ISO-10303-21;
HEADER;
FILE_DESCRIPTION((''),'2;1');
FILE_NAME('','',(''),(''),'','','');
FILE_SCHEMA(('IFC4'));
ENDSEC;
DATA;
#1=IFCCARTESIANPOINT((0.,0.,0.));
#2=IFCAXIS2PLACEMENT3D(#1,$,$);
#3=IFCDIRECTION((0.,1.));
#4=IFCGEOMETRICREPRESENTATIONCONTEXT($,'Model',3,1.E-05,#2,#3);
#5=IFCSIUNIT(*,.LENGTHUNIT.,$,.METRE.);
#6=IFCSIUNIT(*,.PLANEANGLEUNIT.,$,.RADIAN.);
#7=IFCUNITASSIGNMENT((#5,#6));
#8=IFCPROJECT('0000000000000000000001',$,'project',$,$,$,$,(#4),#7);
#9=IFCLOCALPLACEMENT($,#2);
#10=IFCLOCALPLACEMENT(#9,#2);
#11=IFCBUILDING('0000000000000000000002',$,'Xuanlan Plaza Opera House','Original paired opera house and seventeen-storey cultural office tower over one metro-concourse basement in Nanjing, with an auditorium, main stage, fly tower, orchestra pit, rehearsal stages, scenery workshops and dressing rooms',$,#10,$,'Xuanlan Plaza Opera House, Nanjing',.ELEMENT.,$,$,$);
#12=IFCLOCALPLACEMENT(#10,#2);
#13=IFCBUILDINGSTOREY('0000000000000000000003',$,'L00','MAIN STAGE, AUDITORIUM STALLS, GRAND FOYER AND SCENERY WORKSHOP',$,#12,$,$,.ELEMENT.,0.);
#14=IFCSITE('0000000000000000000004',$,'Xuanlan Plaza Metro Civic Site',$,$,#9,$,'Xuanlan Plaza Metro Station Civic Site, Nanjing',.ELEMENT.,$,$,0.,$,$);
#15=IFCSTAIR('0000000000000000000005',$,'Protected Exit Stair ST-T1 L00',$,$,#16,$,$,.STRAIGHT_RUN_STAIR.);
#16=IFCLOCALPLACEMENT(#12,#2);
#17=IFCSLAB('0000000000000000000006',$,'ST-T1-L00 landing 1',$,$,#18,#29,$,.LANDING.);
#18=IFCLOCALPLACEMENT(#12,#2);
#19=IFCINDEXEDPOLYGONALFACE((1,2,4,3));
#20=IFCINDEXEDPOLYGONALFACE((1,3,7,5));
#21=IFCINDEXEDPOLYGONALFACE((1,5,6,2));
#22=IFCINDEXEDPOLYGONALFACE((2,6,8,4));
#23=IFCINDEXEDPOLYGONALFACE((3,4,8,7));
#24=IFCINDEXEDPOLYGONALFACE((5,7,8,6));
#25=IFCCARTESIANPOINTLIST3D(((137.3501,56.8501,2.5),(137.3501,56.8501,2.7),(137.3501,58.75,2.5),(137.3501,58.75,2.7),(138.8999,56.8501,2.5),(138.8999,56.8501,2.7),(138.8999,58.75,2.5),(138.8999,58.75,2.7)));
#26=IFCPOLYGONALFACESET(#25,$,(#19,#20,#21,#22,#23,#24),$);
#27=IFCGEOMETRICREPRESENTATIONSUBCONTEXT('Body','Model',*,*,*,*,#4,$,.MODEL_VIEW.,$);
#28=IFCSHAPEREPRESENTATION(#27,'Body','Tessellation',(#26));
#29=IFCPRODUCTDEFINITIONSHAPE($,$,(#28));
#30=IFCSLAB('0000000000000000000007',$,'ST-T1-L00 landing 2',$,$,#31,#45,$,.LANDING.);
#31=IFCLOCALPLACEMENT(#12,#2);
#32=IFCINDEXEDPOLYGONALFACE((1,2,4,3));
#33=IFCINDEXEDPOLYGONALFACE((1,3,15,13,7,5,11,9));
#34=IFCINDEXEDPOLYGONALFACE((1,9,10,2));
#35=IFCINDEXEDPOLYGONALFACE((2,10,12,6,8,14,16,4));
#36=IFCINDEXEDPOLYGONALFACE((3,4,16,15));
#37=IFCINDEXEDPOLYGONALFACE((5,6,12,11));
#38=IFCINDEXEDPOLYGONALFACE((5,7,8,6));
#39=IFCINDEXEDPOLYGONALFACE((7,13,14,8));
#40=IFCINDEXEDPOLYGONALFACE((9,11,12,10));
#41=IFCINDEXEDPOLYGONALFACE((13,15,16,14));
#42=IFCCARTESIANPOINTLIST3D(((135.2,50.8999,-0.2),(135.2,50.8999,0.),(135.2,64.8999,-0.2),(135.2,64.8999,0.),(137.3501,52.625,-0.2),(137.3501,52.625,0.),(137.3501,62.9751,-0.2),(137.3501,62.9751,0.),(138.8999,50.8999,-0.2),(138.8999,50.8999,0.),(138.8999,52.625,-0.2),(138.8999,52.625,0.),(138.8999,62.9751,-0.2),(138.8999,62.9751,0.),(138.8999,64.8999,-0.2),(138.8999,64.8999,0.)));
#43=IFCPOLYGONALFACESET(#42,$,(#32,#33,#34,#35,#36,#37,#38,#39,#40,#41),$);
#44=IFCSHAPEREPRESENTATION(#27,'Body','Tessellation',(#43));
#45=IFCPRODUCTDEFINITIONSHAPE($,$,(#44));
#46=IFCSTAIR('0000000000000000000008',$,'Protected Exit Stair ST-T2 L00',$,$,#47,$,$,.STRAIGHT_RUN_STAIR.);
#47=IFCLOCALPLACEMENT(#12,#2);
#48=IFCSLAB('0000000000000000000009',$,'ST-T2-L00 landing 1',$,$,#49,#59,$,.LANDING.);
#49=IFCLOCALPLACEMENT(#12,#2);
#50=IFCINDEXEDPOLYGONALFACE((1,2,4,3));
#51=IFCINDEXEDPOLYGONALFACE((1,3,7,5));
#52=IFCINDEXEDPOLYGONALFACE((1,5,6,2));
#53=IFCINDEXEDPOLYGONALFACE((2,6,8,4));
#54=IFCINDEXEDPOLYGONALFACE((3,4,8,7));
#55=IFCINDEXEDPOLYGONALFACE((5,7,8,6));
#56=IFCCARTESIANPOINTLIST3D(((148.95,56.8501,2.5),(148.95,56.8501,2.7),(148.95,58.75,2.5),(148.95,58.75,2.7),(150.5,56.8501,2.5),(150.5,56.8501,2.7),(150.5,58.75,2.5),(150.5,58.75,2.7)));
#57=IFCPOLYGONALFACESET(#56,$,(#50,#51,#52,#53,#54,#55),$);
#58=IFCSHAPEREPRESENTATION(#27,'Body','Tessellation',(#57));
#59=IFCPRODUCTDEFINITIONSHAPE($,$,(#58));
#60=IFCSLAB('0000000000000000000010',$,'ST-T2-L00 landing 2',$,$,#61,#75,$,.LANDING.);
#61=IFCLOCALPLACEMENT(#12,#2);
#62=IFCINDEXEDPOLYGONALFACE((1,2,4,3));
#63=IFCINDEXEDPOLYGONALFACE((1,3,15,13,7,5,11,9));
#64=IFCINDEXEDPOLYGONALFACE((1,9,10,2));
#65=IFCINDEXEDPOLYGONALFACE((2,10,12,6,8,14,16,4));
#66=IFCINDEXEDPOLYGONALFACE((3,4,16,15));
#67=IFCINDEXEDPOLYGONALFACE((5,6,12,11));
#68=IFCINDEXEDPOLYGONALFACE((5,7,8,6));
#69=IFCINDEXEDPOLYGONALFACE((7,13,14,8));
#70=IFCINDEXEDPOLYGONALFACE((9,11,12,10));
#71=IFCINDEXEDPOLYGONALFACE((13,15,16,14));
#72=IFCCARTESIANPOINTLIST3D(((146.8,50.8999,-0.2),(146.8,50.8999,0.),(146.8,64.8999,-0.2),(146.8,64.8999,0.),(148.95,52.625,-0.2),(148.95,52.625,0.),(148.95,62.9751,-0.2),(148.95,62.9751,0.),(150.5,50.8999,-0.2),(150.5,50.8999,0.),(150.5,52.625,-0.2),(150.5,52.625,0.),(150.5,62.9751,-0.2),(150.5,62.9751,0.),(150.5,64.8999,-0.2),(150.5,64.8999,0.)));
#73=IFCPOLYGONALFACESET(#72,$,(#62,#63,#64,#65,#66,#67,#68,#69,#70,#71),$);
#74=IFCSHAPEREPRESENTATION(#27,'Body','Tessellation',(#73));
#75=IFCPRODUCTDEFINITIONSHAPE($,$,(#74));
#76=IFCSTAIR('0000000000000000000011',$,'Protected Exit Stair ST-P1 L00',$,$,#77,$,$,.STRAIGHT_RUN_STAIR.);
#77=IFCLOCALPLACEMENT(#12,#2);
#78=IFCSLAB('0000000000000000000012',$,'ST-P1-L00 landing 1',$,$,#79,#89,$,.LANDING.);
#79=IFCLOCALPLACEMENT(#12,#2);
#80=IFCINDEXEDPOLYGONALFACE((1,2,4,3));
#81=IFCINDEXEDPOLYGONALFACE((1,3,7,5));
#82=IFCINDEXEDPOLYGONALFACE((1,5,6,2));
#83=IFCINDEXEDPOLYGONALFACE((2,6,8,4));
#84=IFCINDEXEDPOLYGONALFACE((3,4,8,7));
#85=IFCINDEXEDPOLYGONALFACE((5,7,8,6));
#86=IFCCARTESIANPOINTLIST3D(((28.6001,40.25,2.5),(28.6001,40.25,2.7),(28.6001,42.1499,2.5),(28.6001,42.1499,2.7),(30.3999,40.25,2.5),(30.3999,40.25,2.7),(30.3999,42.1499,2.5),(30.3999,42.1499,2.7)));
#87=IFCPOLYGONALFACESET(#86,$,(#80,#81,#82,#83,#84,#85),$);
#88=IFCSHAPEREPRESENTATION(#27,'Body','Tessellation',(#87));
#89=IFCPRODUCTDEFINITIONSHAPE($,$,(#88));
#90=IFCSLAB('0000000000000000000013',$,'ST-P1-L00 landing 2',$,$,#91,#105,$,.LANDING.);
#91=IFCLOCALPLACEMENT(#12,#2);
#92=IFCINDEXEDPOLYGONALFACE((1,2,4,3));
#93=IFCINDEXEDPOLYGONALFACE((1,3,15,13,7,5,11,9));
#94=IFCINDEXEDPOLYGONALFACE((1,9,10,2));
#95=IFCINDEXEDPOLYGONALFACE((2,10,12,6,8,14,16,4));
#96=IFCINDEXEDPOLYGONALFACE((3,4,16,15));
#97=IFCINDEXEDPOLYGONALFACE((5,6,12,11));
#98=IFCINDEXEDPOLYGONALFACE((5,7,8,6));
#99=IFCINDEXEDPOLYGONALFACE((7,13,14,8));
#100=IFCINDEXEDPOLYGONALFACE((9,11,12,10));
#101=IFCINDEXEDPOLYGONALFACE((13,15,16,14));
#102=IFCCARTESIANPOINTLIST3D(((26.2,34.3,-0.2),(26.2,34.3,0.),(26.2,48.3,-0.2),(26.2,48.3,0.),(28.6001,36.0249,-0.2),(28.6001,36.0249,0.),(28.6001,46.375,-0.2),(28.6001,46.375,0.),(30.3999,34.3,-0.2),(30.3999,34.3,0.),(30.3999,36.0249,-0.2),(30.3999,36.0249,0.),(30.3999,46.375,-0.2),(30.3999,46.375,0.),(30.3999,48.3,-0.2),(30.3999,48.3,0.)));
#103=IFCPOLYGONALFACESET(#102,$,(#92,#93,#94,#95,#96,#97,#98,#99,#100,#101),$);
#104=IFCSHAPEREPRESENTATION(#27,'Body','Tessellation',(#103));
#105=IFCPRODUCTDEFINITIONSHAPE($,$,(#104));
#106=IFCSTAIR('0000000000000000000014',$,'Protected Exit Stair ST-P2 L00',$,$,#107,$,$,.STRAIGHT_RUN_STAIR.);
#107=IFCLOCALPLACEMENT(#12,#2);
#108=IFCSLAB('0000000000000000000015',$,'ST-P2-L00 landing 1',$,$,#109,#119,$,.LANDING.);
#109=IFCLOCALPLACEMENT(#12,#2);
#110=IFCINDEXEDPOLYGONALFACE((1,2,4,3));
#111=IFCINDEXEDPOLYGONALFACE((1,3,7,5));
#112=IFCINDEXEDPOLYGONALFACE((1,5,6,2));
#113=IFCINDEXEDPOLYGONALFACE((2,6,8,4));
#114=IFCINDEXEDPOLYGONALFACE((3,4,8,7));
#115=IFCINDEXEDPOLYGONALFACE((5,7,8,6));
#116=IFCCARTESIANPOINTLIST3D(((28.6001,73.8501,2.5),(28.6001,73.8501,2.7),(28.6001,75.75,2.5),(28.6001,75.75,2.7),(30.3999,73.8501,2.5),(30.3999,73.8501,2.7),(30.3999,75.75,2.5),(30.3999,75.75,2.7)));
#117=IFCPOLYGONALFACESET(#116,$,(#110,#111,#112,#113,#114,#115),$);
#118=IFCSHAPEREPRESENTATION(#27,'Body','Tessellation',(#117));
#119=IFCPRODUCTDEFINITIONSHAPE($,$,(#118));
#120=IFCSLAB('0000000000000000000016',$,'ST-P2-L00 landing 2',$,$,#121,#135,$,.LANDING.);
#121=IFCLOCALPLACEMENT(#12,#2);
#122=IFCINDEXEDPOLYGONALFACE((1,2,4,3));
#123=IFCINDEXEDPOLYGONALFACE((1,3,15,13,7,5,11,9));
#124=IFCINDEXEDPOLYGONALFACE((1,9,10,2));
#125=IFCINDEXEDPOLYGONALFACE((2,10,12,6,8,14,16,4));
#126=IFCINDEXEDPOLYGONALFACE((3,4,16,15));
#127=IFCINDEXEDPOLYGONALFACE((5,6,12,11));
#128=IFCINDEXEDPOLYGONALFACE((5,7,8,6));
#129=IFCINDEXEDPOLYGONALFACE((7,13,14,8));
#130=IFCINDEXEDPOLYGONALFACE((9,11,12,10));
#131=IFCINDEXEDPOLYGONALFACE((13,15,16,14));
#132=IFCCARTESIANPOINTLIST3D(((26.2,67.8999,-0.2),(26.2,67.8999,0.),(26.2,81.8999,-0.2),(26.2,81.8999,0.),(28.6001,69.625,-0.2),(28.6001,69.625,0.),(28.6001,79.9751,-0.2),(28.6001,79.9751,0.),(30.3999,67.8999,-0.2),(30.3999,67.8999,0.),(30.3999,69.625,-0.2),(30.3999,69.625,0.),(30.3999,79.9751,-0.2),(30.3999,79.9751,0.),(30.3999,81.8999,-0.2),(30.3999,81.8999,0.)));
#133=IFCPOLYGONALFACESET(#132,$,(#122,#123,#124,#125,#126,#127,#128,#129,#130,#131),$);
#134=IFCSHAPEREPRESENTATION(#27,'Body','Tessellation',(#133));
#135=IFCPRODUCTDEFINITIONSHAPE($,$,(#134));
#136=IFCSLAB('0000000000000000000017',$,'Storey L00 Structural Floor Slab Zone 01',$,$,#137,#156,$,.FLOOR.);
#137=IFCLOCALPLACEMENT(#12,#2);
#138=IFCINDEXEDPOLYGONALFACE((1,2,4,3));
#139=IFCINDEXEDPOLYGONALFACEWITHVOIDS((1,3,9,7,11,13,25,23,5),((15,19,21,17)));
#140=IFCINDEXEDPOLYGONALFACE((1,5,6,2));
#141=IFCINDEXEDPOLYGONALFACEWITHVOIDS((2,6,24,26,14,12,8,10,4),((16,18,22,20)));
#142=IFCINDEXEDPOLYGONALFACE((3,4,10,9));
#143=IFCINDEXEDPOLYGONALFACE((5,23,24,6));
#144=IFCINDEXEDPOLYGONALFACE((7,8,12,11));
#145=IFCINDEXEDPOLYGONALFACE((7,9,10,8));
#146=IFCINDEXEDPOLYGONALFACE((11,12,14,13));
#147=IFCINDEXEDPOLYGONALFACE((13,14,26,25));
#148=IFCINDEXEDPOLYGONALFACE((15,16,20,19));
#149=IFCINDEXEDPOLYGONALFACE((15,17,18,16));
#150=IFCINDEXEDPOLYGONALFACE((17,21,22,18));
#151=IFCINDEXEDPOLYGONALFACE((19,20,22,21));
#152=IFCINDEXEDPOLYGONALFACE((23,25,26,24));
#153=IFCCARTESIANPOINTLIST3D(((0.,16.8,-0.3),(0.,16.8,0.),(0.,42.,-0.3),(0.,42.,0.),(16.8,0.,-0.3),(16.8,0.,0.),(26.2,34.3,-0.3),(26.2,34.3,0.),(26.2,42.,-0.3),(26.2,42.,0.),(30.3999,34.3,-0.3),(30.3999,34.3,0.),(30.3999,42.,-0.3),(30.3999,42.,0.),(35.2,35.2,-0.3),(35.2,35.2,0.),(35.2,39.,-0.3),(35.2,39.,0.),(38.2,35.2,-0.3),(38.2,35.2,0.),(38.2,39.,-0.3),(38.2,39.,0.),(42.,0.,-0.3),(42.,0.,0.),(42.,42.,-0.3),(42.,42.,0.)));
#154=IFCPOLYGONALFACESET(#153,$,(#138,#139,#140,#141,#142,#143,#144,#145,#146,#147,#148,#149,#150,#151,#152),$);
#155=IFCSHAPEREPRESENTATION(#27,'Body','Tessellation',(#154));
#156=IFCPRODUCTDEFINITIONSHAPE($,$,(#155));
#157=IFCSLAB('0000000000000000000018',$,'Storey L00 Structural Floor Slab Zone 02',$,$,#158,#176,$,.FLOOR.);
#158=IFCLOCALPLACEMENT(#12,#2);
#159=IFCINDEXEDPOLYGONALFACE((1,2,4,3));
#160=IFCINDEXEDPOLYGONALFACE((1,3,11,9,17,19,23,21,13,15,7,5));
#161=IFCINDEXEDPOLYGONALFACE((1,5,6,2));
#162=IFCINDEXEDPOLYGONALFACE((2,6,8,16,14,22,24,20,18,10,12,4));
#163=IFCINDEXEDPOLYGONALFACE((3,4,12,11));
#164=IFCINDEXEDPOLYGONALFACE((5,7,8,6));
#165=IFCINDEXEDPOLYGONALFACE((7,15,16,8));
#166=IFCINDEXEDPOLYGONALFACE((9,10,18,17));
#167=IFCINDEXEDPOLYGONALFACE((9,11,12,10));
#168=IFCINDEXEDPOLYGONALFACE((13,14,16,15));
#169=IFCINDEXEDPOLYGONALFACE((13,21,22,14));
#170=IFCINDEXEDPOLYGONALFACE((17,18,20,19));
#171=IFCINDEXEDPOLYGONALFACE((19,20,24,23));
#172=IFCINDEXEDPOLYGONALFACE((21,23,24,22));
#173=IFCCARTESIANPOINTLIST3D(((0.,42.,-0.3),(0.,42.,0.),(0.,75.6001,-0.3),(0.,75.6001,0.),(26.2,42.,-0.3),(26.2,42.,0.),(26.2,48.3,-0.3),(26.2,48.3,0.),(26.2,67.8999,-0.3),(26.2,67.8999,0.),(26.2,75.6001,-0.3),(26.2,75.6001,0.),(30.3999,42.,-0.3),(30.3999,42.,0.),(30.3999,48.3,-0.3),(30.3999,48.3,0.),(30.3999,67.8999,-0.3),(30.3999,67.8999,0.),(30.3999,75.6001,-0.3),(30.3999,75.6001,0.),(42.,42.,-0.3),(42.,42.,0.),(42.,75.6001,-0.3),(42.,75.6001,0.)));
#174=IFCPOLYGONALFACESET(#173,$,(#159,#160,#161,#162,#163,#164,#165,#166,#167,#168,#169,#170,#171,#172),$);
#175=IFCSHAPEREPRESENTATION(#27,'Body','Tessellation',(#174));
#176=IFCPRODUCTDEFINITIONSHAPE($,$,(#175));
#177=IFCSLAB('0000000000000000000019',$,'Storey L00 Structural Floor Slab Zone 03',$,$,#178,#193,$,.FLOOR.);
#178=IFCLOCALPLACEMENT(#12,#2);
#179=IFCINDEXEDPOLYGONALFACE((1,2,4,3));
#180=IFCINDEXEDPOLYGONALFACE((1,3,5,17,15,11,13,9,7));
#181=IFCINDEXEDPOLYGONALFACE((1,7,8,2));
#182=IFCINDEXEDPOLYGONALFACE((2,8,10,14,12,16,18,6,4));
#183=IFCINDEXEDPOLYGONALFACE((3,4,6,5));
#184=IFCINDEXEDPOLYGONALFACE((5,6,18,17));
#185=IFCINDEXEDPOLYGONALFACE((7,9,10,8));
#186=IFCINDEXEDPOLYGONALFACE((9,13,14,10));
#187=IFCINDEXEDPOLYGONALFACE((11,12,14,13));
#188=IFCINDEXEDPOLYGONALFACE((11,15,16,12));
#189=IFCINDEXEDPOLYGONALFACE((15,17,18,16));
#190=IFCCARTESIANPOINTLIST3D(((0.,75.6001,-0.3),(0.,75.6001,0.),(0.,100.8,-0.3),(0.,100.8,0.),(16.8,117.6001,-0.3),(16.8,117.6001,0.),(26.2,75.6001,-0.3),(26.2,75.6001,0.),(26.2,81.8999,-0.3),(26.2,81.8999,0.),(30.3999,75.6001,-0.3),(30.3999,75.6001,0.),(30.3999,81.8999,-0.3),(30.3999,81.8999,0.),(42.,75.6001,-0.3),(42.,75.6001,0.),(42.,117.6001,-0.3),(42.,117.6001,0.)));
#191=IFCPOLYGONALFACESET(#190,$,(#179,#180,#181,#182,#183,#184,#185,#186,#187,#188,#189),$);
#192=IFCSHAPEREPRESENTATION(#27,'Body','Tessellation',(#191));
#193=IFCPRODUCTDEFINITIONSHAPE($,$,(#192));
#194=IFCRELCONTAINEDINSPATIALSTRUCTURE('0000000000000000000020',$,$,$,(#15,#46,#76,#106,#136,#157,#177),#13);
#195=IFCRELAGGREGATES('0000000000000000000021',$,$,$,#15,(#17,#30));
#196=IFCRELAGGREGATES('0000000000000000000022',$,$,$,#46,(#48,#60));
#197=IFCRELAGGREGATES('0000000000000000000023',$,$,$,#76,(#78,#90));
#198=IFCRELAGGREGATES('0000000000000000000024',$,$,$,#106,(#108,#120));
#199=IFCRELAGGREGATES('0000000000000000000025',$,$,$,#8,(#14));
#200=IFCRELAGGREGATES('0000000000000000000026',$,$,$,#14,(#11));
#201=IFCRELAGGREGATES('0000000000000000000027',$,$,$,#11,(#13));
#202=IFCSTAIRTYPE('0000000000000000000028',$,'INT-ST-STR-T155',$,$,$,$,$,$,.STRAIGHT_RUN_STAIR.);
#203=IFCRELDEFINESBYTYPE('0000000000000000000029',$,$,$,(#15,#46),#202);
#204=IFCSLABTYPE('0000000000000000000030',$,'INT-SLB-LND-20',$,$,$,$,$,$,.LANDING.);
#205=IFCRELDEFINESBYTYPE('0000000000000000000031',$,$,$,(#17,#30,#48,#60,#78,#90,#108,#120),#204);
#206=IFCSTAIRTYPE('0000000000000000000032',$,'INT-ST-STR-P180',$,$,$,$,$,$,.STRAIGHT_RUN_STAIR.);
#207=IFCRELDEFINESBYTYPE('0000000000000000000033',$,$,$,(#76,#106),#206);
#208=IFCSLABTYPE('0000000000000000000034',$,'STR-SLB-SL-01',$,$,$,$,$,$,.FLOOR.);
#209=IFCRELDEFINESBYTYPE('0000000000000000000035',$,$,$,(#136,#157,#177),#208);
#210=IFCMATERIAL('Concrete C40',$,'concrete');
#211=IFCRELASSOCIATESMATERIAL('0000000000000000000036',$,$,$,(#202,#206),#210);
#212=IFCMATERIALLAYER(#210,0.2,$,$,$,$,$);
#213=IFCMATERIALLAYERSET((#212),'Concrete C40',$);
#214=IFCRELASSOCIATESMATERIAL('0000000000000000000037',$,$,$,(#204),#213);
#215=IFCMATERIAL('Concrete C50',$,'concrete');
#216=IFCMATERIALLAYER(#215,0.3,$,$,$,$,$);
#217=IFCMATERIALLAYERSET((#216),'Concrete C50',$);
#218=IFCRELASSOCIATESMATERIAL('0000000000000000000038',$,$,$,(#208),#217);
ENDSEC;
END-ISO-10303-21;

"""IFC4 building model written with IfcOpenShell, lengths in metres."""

from ifc_helpers import new_model, si_unit, direction, frame, origin, place, context, subcontext, project, spatial, polyline, outline, extrude, material, layer, layer_set, type_object, element, aggregate, save


model = new_model("IFC4")

# Units and contexts
model_context = context("Model", 3, precision=1e-05, world=origin(), true_north=direction((0.0, 1.0)))
body_context = subcontext(model_context, "Body", "Model", "MODEL_VIEW")
ifc_project = project(units=[si_unit("LENGTHUNIT", "METRE"), si_unit("PLANEANGLEUNIT", "RADIAN")], contexts=[model_context])

# Site, building, storey
site_placement = place(None, origin())
site = spatial("IfcSite", under=ifc_project, at=site_placement, Name="Xuanlan Plaza Metro Civic Site", LongName="Xuanlan Plaza Metro Station Civic Site, Nanjing", CompositionType="ELEMENT", RefElevation=0.0)
building_placement = place(site_placement, origin())
building = spatial("IfcBuilding", under=site, at=building_placement, Name="Xuanlan Plaza Opera House", Description="Original paired opera house and seventeen-storey cultural office tower over one metro-concourse basement in Nanjing, with an auditorium, main stage, fly tower, orchestra pit, rehearsal stages, scenery workshops and dressing rooms", LongName="Xuanlan Plaza Opera House, Nanjing", CompositionType="ELEMENT")
storey_placement = place(building_placement, origin())
storey = spatial("IfcBuildingStorey", under=building, at=storey_placement, Name="L00", Description="MAIN STAGE, AUDITORIUM STALLS, GRAND FOYER AND SCENERY WORKSHOP", CompositionType="ELEMENT", Elevation=0.0)

# Stairs, slabs
ifc_material_1 = material(Name="Concrete C40", Category="concrete")
stair_type_1 = type_object("IfcStairType", Name="INT-ST-STR-T155", PredefinedType="STRAIGHT_RUN_STAIR", material=ifc_material_1)
stair_1_placement = place(storey_placement, origin())
stair_1 = element("IfcStair", 1, at=stair_1_placement, inside=storey, type_object=stair_type_1, Name="Protected Exit Stair ST-T1 L00", PredefinedType="STRAIGHT_RUN_STAIR")
ifc_layer_1 = layer(ifc_material_1, 0.2)
ifc_layer_set_1 = layer_set([ifc_layer_1], Name="Concrete C40")
slab_type_1 = type_object("IfcSlabType", Name="INT-SLB-LND-20", PredefinedType="LANDING", material=ifc_layer_set_1)
slab_1_placement = place(storey_placement, frame((0.0, 0.0, 2.5)))
slab_1 = element("IfcSlab", 2, at=slab_1_placement, type_object=slab_type_1, Name="ST-T1-L00 landing 1", PredefinedType="LANDING", context=body_context, shape_type="SweptSolid", body=[
    extrude(outline(polyline([(137.3501, 56.8501), (138.8999, 56.8501), (138.8999, 58.75), (137.3501, 58.75), (137.3501, 56.8501)])), origin(), (0.0, 0.0, 1.0), 0.2),
])
slab_2_placement = place(storey_placement, frame((0.0, 0.0, -0.2)))
slab_2 = element("IfcSlab", 3, at=slab_2_placement, type_object=slab_type_1, Name="ST-T1-L00 landing 2", PredefinedType="LANDING", context=body_context, shape_type="SweptSolid", body=[
    extrude(outline(polyline([(135.2, 50.8999), (138.8999, 50.8999), (138.8999, 52.625), (137.3501, 52.625), (137.3501, 62.9751), (138.8999, 62.9751), (138.8999, 64.8999), (135.2, 64.8999), (135.2, 50.8999)])), origin(), (0.0, 0.0, 1.0), 0.2),
])
aggregate(stair_1, [slab_1, slab_2])
stair_2_placement = place(storey_placement, origin())
stair_2 = element("IfcStair", 4, at=stair_2_placement, inside=storey, type_object=stair_type_1, Name="Protected Exit Stair ST-T2 L00", PredefinedType="STRAIGHT_RUN_STAIR")
slab_3_placement = place(storey_placement, frame((0.0, 0.0, 2.5)))
slab_3 = element("IfcSlab", 5, at=slab_3_placement, type_object=slab_type_1, Name="ST-T2-L00 landing 1", PredefinedType="LANDING", context=body_context, shape_type="SweptSolid", body=[
    extrude(outline(polyline([(148.95, 56.8501), (150.5, 56.8501), (150.5, 58.75), (148.95, 58.75), (148.95, 56.8501)])), origin(), (0.0, 0.0, 1.0), 0.2),
])
slab_4_placement = place(storey_placement, frame((0.0, 0.0, -0.2)))
slab_4 = element("IfcSlab", 6, at=slab_4_placement, type_object=slab_type_1, Name="ST-T2-L00 landing 2", PredefinedType="LANDING", context=body_context, shape_type="SweptSolid", body=[
    extrude(outline(polyline([(146.8, 50.8999), (150.5, 50.8999), (150.5, 52.625), (148.95, 52.625), (148.95, 62.9751), (150.5, 62.9751), (150.5, 64.8999), (146.8, 64.8999), (146.8, 50.8999)])), origin(), (0.0, 0.0, 1.0), 0.2),
])
aggregate(stair_2, [slab_3, slab_4])
stair_type_2 = type_object("IfcStairType", Name="INT-ST-STR-P180", PredefinedType="STRAIGHT_RUN_STAIR", material=ifc_material_1)
stair_3_placement = place(storey_placement, origin())
stair_3 = element("IfcStair", 7, at=stair_3_placement, inside=storey, type_object=stair_type_2, Name="Protected Exit Stair ST-P1 L00", PredefinedType="STRAIGHT_RUN_STAIR")
slab_5_placement = place(storey_placement, frame((0.0, 0.0, 2.5)))
slab_5 = element("IfcSlab", 8, at=slab_5_placement, type_object=slab_type_1, Name="ST-P1-L00 landing 1", PredefinedType="LANDING", context=body_context, shape_type="SweptSolid", body=[
    extrude(outline(polyline([(28.6001, 40.25), (30.3999, 40.25), (30.3999, 42.1499), (28.6001, 42.1499), (28.6001, 40.25)])), origin(), (0.0, 0.0, 1.0), 0.2),
])
slab_6_placement = place(storey_placement, frame((0.0, 0.0, -0.2)))
slab_6 = element("IfcSlab", 9, at=slab_6_placement, type_object=slab_type_1, Name="ST-P1-L00 landing 2", PredefinedType="LANDING", context=body_context, shape_type="SweptSolid", body=[
    extrude(outline(polyline([(26.2, 34.3), (30.3999, 34.3), (30.3999, 36.0249), (28.6001, 36.0249), (28.6001, 46.375), (30.3999, 46.375), (30.3999, 48.3), (26.2, 48.3), (26.2, 34.3)])), origin(), (0.0, 0.0, 1.0), 0.2),
])
aggregate(stair_3, [slab_5, slab_6])
stair_4_placement = place(storey_placement, origin())
stair_4 = element("IfcStair", 10, at=stair_4_placement, inside=storey, type_object=stair_type_2, Name="Protected Exit Stair ST-P2 L00", PredefinedType="STRAIGHT_RUN_STAIR")
slab_7_placement = place(storey_placement, frame((0.0, 0.0, 2.5)))
slab_7 = element("IfcSlab", 11, at=slab_7_placement, type_object=slab_type_1, Name="ST-P2-L00 landing 1", PredefinedType="LANDING", context=body_context, shape_type="SweptSolid", body=[
    extrude(outline(polyline([(28.6001, 73.8501), (30.3999, 73.8501), (30.3999, 75.75), (28.6001, 75.75), (28.6001, 73.8501)])), origin(), (0.0, 0.0, 1.0), 0.2),
])
slab_8_placement = place(storey_placement, frame((0.0, 0.0, -0.2)))
slab_8 = element("IfcSlab", 12, at=slab_8_placement, type_object=slab_type_1, Name="ST-P2-L00 landing 2", PredefinedType="LANDING", context=body_context, shape_type="SweptSolid", body=[
    extrude(outline(polyline([(26.2, 67.8999), (30.3999, 67.8999), (30.3999, 69.625), (28.6001, 69.625), (28.6001, 79.9751), (30.3999, 79.9751), (30.3999, 81.8999), (26.2, 81.8999), (26.2, 67.8999)])), origin(), (0.0, 0.0, 1.0), 0.2),
])
aggregate(stair_4, [slab_7, slab_8])

# Slabs
ifc_material_2 = material(Name="Concrete C50", Category="concrete")
ifc_layer_2 = layer(ifc_material_2, 0.3)
ifc_layer_set_2 = layer_set([ifc_layer_2], Name="Concrete C50")
slab_type_2 = type_object("IfcSlabType", Name="STR-SLB-SL-01", PredefinedType="FLOOR", material=ifc_layer_set_2)
slab_9_placement = place(storey_placement, frame((0.0, 0.0, -0.3)))
element("IfcSlab", 13, at=slab_9_placement, inside=storey, type_object=slab_type_2, Name="Storey L00 Structural Floor Slab Zone 01", PredefinedType="FLOOR", context=body_context, shape_type="SweptSolid", body=[
    extrude(outline(polyline([(16.8, 0.0), (0.0, 16.8), (0.0, 42.0), (26.2, 42.0), (26.2, 34.3), (30.3999, 34.3), (30.3999, 42.0), (42.0, 42.0), (42.0, 0.0), (16.8, 0.0)]), holes=[polyline([(35.2, 35.2), (38.2, 35.2), (38.2, 39.0), (35.2, 39.0), (35.2, 35.2)])]), origin(), (0.0, 0.0, 1.0), 0.3),
])
slab_10_placement = place(storey_placement, frame((0.0, 0.0, -0.3)))
element("IfcSlab", 14, at=slab_10_placement, inside=storey, type_object=slab_type_2, Name="Storey L00 Structural Floor Slab Zone 02", PredefinedType="FLOOR", context=body_context, shape_type="SweptSolid", body=[
    extrude(outline(polyline([(0.0, 75.6001), (26.2, 75.6001), (26.2, 67.8999), (30.3999, 67.8999), (30.3999, 75.6001), (42.0, 75.6001), (42.0, 42.0), (30.3999, 42.0), (30.3999, 48.3), (26.2, 48.3), (26.2, 42.0), (0.0, 42.0), (0.0, 75.6001)])), origin(), (0.0, 0.0, 1.0), 0.3),
])
slab_11_placement = place(storey_placement, frame((0.0, 0.0, -0.3)))
element("IfcSlab", 15, at=slab_11_placement, inside=storey, type_object=slab_type_2, Name="Storey L00 Structural Floor Slab Zone 03", PredefinedType="FLOOR", context=body_context, shape_type="SweptSolid", body=[
    extrude(outline(polyline([(0.0, 100.8), (16.8, 117.6001), (42.0, 117.6001), (42.0, 75.6001), (30.3999, 75.6001), (30.3999, 81.8999), (26.2, 81.8999), (26.2, 75.6001), (0.0, 75.6001), (0.0, 100.8)])), origin(), (0.0, 0.0, 1.0), 0.3),
])

save(model, "model.ifc")
